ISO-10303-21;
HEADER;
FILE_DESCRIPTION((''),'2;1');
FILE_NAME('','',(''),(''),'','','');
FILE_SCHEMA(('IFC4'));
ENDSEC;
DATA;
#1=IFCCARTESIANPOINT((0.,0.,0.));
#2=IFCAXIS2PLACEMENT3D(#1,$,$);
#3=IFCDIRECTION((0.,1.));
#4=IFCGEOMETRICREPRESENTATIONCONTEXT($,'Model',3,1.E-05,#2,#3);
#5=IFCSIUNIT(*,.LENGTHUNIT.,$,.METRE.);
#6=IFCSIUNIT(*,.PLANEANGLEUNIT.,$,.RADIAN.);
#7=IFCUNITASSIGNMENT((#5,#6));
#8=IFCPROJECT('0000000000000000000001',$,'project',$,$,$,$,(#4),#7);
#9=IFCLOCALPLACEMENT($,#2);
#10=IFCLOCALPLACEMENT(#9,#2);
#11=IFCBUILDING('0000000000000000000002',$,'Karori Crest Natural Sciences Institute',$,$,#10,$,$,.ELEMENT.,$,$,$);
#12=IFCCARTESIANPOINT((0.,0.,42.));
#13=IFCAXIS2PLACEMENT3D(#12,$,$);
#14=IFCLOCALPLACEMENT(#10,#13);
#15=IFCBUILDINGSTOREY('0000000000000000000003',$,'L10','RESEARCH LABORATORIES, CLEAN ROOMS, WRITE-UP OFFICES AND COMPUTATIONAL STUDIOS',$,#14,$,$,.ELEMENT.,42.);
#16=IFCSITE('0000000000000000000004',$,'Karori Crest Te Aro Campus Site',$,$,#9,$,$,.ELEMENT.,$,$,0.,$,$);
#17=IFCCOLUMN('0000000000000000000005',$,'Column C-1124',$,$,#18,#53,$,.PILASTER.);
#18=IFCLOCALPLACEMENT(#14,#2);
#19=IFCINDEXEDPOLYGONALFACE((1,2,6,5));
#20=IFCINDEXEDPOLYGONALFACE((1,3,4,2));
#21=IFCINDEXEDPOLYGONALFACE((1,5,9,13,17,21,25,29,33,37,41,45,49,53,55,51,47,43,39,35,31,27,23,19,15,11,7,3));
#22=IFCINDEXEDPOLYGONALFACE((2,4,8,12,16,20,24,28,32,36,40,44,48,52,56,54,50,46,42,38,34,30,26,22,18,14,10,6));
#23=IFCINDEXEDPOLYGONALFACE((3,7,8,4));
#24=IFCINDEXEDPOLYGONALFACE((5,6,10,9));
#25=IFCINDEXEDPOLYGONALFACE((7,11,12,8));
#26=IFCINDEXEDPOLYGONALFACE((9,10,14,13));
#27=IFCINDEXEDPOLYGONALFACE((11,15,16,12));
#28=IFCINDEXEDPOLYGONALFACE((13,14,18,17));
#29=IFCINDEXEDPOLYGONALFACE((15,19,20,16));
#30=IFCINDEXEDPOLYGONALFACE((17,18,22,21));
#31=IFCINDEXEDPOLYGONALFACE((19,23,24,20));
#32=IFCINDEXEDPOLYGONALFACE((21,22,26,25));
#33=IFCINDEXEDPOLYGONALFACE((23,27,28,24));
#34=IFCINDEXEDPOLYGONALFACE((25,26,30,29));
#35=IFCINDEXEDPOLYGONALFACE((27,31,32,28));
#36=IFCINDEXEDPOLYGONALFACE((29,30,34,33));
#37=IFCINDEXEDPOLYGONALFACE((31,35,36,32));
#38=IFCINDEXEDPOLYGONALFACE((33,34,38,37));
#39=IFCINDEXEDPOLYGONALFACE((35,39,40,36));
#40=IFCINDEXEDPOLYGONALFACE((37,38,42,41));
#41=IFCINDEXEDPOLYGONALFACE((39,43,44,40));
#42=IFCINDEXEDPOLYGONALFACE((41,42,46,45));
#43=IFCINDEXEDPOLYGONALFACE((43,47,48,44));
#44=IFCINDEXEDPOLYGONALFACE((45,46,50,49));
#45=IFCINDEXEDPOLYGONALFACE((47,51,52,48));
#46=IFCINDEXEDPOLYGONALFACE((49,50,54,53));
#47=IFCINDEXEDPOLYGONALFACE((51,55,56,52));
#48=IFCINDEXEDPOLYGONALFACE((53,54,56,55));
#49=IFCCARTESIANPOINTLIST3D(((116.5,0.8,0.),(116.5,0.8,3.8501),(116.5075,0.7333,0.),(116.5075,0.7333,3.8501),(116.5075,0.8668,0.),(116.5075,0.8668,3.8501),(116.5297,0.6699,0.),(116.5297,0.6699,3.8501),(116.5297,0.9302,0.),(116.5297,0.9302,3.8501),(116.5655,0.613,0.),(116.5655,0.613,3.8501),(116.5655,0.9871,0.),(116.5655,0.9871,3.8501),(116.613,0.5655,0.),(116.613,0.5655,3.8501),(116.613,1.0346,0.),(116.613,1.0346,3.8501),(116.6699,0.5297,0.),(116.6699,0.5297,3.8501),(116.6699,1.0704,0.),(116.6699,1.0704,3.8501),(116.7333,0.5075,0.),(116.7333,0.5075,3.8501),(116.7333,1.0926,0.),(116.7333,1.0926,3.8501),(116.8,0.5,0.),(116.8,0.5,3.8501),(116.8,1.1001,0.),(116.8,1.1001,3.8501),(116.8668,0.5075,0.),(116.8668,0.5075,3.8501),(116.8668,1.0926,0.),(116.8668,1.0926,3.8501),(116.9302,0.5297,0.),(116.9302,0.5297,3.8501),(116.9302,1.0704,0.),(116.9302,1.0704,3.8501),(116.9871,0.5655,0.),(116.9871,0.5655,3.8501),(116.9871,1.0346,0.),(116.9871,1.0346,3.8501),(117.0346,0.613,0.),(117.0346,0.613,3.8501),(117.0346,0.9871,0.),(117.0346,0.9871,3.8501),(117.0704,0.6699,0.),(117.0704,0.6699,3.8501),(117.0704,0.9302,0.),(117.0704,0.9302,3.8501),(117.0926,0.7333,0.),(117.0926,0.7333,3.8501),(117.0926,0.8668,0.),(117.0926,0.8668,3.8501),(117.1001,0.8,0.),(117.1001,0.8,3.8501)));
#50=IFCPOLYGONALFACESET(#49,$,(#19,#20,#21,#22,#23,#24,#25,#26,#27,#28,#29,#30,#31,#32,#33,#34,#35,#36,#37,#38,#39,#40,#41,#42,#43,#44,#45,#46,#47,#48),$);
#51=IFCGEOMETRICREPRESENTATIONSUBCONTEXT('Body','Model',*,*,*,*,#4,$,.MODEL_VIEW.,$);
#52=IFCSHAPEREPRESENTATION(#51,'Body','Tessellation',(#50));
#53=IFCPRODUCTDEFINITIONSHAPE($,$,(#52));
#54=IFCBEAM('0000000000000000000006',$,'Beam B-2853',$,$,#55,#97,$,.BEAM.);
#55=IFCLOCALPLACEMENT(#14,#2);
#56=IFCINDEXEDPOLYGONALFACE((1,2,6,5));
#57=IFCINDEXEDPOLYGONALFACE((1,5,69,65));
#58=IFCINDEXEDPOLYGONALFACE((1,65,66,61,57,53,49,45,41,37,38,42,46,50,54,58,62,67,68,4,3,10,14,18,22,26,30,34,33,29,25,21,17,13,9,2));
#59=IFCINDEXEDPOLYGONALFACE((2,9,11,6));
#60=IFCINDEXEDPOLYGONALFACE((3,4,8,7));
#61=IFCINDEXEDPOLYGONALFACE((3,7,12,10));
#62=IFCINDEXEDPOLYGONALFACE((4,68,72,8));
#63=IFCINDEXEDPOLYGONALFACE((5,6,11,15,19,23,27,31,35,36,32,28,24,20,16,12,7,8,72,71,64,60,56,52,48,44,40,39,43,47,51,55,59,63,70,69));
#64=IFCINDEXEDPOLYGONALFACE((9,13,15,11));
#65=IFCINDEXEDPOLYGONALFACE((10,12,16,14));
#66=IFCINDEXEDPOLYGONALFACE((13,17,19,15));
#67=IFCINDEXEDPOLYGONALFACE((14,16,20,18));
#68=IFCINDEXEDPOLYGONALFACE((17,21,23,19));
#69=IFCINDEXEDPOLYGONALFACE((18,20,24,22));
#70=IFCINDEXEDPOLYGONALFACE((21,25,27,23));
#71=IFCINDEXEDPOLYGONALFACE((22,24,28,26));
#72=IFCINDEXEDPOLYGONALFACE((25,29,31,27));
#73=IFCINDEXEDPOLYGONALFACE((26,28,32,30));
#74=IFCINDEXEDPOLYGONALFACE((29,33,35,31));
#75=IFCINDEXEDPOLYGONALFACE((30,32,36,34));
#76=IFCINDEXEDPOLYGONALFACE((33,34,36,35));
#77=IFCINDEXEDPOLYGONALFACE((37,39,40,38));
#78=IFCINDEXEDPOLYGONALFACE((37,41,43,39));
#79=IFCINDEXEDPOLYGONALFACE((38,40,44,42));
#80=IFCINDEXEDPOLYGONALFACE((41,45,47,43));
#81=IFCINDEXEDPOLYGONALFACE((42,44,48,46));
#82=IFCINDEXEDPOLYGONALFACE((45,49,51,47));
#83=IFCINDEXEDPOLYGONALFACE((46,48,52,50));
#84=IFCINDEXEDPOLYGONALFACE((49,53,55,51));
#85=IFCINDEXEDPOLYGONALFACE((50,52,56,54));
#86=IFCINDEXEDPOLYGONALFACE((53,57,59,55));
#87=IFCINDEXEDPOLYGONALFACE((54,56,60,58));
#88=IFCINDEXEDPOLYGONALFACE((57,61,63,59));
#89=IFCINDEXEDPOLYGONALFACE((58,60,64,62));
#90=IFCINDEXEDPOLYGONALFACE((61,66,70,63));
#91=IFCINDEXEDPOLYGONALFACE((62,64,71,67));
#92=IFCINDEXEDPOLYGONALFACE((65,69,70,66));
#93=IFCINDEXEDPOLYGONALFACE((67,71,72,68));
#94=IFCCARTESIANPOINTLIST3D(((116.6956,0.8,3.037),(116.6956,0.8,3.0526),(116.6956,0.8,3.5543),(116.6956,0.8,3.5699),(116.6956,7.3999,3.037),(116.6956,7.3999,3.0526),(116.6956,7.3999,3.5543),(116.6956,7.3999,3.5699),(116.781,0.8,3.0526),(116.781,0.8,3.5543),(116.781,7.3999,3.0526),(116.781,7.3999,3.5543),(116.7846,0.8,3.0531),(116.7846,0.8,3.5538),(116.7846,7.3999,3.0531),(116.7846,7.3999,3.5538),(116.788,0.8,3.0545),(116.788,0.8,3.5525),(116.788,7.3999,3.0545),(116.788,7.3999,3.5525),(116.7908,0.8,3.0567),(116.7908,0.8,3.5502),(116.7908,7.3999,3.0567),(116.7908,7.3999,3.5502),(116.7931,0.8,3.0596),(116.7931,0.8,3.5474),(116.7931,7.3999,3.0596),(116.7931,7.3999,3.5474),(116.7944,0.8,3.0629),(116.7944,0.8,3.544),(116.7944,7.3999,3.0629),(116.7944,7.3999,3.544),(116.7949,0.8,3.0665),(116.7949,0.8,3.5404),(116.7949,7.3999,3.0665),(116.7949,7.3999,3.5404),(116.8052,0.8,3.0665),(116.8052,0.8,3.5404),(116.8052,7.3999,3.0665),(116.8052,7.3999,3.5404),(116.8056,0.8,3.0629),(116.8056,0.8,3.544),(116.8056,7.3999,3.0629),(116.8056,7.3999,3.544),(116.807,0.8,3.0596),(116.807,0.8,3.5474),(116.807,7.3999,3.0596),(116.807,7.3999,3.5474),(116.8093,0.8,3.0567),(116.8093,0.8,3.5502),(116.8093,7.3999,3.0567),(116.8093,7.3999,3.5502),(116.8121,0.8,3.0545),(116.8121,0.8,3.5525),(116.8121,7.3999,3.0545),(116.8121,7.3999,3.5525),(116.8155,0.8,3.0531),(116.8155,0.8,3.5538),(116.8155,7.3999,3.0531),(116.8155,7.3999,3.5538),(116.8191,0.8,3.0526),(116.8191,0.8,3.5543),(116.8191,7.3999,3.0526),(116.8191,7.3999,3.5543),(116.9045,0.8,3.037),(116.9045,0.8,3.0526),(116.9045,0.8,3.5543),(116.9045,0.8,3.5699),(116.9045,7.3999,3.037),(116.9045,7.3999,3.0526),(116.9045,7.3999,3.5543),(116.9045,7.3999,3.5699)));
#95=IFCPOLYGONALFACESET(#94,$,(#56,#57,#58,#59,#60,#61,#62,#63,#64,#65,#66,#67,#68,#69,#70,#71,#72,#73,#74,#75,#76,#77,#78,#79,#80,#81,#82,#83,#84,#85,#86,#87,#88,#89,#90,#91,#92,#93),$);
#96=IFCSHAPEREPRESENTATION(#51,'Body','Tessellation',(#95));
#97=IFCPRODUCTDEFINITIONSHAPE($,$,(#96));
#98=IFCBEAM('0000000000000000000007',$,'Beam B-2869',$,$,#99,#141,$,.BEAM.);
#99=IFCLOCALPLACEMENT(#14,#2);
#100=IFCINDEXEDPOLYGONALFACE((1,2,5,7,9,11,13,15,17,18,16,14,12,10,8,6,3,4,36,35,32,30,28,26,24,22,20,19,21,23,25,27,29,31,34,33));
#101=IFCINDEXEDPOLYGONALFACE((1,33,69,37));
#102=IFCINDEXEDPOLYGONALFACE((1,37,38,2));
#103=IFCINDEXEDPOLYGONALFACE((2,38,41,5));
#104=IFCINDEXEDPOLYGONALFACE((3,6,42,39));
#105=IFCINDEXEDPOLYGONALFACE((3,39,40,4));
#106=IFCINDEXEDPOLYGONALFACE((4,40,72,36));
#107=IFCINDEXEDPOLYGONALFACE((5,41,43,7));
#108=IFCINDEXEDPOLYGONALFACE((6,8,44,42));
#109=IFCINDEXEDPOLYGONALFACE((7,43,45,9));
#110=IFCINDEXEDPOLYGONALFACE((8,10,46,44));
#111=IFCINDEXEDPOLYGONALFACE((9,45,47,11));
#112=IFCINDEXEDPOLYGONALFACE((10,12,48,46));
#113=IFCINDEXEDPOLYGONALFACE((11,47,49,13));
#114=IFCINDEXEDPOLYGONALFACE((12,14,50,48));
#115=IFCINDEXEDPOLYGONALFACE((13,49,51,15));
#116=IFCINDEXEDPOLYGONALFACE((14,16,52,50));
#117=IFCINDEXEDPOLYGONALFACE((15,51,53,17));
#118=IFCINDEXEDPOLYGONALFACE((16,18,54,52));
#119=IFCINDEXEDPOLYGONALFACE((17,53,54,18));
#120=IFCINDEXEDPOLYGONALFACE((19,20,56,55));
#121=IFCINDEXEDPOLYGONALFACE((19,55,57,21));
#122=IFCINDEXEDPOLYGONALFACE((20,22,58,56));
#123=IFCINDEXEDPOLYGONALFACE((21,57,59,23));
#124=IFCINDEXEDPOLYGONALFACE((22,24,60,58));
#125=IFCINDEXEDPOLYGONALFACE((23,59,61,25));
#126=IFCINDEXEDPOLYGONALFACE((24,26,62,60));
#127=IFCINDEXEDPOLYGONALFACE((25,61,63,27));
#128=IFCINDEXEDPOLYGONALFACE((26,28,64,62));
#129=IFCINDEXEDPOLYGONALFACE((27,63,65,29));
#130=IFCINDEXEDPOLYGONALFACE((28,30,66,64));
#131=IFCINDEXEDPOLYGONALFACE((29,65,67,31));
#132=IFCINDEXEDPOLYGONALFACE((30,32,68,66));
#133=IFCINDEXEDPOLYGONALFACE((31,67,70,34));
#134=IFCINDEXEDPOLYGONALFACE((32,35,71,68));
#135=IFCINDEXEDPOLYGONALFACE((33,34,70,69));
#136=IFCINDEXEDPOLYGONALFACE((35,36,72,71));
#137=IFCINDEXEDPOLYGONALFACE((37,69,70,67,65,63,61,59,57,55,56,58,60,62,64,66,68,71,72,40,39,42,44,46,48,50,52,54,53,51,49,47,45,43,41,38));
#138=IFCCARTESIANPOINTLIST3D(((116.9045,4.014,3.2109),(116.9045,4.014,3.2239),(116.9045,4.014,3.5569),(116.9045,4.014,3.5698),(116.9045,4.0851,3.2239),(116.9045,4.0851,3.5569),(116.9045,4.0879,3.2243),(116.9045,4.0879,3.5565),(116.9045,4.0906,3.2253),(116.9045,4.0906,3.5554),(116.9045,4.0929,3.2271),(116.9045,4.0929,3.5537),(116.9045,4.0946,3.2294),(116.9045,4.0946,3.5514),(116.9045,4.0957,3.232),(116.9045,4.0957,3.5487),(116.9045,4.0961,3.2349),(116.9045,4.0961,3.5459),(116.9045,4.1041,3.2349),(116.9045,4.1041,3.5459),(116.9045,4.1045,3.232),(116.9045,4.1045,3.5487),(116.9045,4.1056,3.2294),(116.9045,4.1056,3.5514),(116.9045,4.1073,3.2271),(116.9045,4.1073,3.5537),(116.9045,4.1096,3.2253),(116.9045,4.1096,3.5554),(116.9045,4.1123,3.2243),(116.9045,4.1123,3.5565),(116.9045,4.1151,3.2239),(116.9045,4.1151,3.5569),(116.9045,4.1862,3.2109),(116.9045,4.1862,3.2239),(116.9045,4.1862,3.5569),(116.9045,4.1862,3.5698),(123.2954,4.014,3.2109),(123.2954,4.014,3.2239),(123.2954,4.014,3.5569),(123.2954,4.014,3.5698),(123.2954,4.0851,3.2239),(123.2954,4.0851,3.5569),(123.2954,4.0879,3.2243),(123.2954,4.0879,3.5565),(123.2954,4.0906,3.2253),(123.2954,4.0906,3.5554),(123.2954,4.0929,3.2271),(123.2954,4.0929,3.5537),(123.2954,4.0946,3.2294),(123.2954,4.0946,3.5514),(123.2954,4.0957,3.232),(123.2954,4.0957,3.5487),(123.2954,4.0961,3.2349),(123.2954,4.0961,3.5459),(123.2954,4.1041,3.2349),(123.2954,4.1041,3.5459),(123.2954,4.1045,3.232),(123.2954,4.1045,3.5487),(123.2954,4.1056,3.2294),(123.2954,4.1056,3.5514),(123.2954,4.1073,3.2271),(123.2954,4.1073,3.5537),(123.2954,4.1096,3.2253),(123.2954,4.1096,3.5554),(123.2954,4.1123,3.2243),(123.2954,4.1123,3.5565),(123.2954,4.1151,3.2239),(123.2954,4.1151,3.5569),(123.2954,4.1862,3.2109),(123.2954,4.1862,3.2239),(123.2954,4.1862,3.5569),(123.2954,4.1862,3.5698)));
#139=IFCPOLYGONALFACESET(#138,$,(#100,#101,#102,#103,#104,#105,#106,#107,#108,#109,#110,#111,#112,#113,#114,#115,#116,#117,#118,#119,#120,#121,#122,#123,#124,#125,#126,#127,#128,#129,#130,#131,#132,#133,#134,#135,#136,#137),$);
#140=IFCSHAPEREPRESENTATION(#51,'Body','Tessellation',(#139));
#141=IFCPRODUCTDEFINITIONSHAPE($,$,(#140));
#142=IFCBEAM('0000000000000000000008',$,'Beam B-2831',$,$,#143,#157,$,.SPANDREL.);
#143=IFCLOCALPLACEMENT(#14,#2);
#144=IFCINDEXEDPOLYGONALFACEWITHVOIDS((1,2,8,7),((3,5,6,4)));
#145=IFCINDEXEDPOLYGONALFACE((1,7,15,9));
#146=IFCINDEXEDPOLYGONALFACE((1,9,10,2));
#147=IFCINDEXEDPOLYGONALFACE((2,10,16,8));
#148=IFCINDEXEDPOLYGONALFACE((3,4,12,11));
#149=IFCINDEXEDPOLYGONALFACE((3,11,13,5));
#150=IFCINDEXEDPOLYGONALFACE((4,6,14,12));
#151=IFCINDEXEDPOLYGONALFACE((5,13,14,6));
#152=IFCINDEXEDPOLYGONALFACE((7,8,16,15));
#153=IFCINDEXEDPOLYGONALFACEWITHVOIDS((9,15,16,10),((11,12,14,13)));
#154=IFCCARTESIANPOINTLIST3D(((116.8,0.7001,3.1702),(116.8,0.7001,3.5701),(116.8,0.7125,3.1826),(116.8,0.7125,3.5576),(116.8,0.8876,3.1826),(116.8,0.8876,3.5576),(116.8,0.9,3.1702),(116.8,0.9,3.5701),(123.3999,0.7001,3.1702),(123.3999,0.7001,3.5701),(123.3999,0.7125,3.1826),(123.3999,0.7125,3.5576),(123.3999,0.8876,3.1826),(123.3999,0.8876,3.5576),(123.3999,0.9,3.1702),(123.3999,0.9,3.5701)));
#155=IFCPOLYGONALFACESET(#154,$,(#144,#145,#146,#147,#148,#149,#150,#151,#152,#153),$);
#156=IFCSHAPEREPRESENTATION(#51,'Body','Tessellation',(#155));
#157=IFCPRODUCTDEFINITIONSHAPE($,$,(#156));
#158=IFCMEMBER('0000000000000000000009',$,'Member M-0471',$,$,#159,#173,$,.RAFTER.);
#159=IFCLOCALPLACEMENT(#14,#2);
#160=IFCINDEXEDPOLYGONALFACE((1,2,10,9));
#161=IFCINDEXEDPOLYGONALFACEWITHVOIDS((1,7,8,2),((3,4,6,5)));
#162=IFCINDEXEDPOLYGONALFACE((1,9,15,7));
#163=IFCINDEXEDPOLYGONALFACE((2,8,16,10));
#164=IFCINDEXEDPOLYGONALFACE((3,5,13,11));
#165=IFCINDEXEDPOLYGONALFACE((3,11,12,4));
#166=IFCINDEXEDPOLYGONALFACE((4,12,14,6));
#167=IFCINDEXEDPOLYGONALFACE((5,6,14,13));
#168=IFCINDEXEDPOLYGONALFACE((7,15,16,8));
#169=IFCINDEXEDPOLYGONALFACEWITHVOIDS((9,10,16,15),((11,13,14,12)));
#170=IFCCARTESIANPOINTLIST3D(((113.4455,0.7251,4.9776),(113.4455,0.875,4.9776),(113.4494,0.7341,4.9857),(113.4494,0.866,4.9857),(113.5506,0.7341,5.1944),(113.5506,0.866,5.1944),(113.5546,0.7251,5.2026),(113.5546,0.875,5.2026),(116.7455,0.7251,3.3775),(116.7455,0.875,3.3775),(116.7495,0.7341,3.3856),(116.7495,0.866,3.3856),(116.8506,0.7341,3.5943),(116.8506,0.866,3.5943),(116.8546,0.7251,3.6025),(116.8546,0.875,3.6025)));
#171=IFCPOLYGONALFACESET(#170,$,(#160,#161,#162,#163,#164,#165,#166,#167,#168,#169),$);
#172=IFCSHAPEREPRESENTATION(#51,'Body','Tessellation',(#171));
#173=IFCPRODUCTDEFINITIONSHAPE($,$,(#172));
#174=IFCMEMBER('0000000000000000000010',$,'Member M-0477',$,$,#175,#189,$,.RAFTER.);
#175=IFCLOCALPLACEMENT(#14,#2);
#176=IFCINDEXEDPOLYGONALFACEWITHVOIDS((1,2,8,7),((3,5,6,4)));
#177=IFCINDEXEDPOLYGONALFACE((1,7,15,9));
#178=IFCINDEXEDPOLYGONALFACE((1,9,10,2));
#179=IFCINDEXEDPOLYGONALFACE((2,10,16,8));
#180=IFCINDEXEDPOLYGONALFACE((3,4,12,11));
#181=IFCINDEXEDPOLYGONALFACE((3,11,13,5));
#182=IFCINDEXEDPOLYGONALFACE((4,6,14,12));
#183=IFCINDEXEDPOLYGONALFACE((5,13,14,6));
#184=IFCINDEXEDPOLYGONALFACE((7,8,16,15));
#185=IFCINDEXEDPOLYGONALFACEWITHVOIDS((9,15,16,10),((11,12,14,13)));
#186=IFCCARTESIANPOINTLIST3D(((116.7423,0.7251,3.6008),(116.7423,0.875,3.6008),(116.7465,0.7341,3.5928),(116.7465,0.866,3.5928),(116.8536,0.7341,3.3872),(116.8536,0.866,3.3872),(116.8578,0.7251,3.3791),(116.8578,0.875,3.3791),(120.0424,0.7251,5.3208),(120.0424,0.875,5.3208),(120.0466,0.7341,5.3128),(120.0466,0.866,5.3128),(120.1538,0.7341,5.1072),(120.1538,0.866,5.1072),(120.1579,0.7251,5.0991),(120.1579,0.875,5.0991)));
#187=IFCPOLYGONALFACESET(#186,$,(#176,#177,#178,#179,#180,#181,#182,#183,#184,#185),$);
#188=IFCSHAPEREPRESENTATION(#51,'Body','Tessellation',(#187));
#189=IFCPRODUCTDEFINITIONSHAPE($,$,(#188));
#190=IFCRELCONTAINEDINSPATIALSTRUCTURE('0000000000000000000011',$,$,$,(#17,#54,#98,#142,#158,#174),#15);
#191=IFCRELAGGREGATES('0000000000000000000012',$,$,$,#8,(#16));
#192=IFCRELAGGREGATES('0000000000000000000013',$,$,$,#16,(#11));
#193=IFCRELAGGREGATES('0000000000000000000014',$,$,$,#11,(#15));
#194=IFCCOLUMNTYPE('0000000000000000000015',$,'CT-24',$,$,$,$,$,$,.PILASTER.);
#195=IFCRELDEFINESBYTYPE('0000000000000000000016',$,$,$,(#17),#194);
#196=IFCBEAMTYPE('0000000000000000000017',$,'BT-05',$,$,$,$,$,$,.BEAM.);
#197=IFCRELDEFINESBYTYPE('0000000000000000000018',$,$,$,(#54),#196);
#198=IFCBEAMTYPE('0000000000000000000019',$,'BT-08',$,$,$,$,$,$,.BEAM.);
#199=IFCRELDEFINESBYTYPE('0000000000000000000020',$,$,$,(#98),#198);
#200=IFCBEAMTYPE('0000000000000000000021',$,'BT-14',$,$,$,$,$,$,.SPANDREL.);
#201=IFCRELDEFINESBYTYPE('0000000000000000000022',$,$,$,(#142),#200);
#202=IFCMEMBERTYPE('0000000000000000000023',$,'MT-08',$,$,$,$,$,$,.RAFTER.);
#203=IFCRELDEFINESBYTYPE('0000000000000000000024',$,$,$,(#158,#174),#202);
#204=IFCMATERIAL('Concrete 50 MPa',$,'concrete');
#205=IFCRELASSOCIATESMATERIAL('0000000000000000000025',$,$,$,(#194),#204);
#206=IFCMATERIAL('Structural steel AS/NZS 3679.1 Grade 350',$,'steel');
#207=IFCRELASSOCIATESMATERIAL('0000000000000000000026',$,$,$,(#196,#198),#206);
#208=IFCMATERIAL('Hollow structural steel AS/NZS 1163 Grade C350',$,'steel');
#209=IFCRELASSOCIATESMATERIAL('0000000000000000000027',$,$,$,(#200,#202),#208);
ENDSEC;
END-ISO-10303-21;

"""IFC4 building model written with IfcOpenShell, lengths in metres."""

from ifc_helpers import new_model, si_unit, direction, frame, origin, origin_2d, place, context, subcontext, project, spatial, hollow_rectangle, circle, i_section, extrude, material, material_profile, profile_set, type_object, element, save


model = new_model("IFC4")

# Units and contexts
model_context = context("Model", 3, precision=1e-05, world=origin(), true_north=direction((0.0, 1.0)))
body_context = subcontext(model_context, "Body", "Model", "MODEL_VIEW")
ifc_project = project(units=[si_unit("LENGTHUNIT", "METRE"), si_unit("PLANEANGLEUNIT", "RADIAN")], contexts=[model_context])

# Site, building, storey
site_placement = place(None, origin())
site = spatial("IfcSite", under=ifc_project, at=site_placement, Name="Karori Crest Te Aro Campus Site", CompositionType="ELEMENT", RefElevation=0.0)
building_placement = place(site_placement, origin())
building = spatial("IfcBuilding", under=site, at=building_placement, Name="Karori Crest Natural Sciences Institute", CompositionType="ELEMENT")
storey_placement = place(building_placement, frame((0.0, 0.0, 42.0)))
storey = spatial("IfcBuildingStorey", under=building, at=storey_placement, Name="L10", Description="RESEARCH LABORATORIES, CLEAN ROOMS, WRITE-UP OFFICES AND COMPUTATIONAL STUDIOS", CompositionType="ELEMENT", Elevation=42.0)

# Column
ifc_material_1 = material(Name="Concrete 50 MPa", Category="concrete")
ifc_material_profile_1 = material_profile(ifc_material_1, circle(Radius=0.3, at=origin_2d()), Name="RCC600")
ifc_profile_set_1 = profile_set([ifc_material_profile_1], Name="Concrete 50 MPa")
column_type = type_object("IfcColumnType", Name="CT-24", PredefinedType="PILASTER", material=ifc_profile_set_1)
column_placement = place(storey_placement, frame((116.8, 0.8, 0.0), z_axis=(0.0, 0.0, 1.0), x_axis=(1.0, 0.0, 0.0)))
element("IfcColumn", 1, at=column_placement, inside=storey, type_object=column_type, Name="Column C-1124", PredefinedType="PILASTER", context=body_context, shape_type="SweptSolid", body=[
    extrude(circle(Radius=0.3, at=origin_2d()), origin(), (0.0, 0.0, 1.0), 3.8501),
])

# Beams
ifc_material_2 = material(Name="Structural steel AS/NZS 3679.1 Grade 350", Category="steel")
ifc_material_profile_2 = material_profile(ifc_material_2, i_section(OverallWidth=0.209, OverallDepth=0.533, WebThickness=0.0103, FlangeThickness=0.0156, FilletRadius=0.0139, at=origin_2d()), Name="530UB92.4")
ifc_profile_set_2 = profile_set([ifc_material_profile_2], Name="Structural steel AS/NZS 3679.1 Grade 350")
beam_type_1 = type_object("IfcBeamType", Name="BT-05", PredefinedType="BEAM", material=ifc_profile_set_2)
beam_1_placement = place(storey_placement, frame((116.8, 0.8, 3.3035), z_axis=(0.0, 1.0, 0.0), x_axis=(-1.0, 0.0, 0.0)))
element("IfcBeam", 2, at=beam_1_placement, inside=storey, type_object=beam_type_1, Name="Beam B-2853", PredefinedType="BEAM", context=body_context, shape_type="SweptSolid", body=[
    extrude(i_section(OverallWidth=0.209, OverallDepth=0.533, WebThickness=0.0103, FlangeThickness=0.0156, FilletRadius=0.0139, at=origin_2d()), origin(), (0.0, 0.0, 1.0), 6.5999),
])
ifc_material_profile_3 = material_profile(ifc_material_2, i_section(OverallWidth=0.1721, OverallDepth=0.3589, WebThickness=0.0081, FlangeThickness=0.0129, FilletRadius=0.011, at=origin_2d()), Name="360UB56.7")
ifc_profile_set_3 = profile_set([ifc_material_profile_3], Name="Structural steel AS/NZS 3679.1 Grade 350")
beam_type_2 = type_object("IfcBeamType", Name="BT-08", PredefinedType="BEAM", material=ifc_profile_set_3)
beam_2_placement = place(storey_placement, frame((116.9045, 4.1001, 3.3904), z_axis=(1.0, 0.0, 0.0), x_axis=(0.0, 1.0, 0.0)))
element("IfcBeam", 3, at=beam_2_placement, inside=storey, type_object=beam_type_2, Name="Beam B-2869", PredefinedType="BEAM", context=body_context, shape_type="SweptSolid", body=[
    extrude(i_section(OverallWidth=0.1721, OverallDepth=0.3589, WebThickness=0.0081, FlangeThickness=0.0129, FilletRadius=0.011, at=origin_2d()), origin(), (0.0, 0.0, 1.0), 6.3909),
])
ifc_material_3 = material(Name="Hollow structural steel AS/NZS 1163 Grade C350", Category="steel")
ifc_material_profile_4 = material_profile(ifc_material_3, hollow_rectangle(XDim=0.2, YDim=0.3999, WallThickness=0.0125, at=origin_2d()), Name="RHS400x200x12.5")
ifc_profile_set_4 = profile_set([ifc_material_profile_4], Name="Hollow structural steel AS/NZS 1163 Grade C350")
beam_type_3 = type_object("IfcBeamType", Name="BT-14", PredefinedType="SPANDREL", material=ifc_profile_set_4)
beam_3_placement = place(storey_placement, frame((116.8, 0.8, 3.3701), z_axis=(1.0, 0.0, 0.0), x_axis=(0.0, 1.0, 0.0)))
element("IfcBeam", 4, at=beam_3_placement, inside=storey, type_object=beam_type_3, Name="Beam B-2831", PredefinedType="SPANDREL", context=body_context, shape_type="SweptSolid", body=[
    extrude(hollow_rectangle(XDim=0.2, YDim=0.3999, WallThickness=0.0125, at=origin_2d()), origin(), (0.0, 0.0, 1.0), 6.5999),
])

# Members
ifc_material_profile_5 = material_profile(ifc_material_3, hollow_rectangle(XDim=0.1499, YDim=0.25, WallThickness=0.009, at=origin_2d()), Name="RHS250x150x9")
ifc_profile_set_5 = profile_set([ifc_material_profile_5], Name="Hollow structural steel AS/NZS 1163 Grade C350")
member_type_1 = type_object("IfcMemberType", Name="MT-08", PredefinedType="RAFTER", material=ifc_profile_set_5)
member_1_placement = place(storey_placement, frame((116.8, 0.8, 3.49), z_axis=(-0.899806, 0.0, 0.43629), x_axis=(0.0, -1.0, 0.0)))
element("IfcMember", 5, at=member_1_placement, inside=storey, type_object=member_type_1, Name="Member M-0471", PredefinedType="RAFTER", context=body_context, shape_type="SweptSolid", body=[
    extrude(hollow_rectangle(XDim=0.1499, YDim=0.25, WallThickness=0.009, at=origin_2d()), origin(), (0.0, 0.0, 1.0), 3.6675),
])
member_2_placement = place(storey_placement, frame((116.8, 0.8, 3.49), z_axis=(0.886782, 0.0, 0.462187), x_axis=(0.0, 1.0, 0.0)))
element("IfcMember", 6, at=member_2_placement, inside=storey, type_object=member_type_1, Name="Member M-0477", PredefinedType="RAFTER", context=body_context, shape_type="SweptSolid", body=[
    extrude(hollow_rectangle(XDim=0.1499, YDim=0.25, WallThickness=0.009, at=origin_2d()), origin(), (0.0, 0.0, 1.0), 3.7214),
])

save(model, "model.ifc")
